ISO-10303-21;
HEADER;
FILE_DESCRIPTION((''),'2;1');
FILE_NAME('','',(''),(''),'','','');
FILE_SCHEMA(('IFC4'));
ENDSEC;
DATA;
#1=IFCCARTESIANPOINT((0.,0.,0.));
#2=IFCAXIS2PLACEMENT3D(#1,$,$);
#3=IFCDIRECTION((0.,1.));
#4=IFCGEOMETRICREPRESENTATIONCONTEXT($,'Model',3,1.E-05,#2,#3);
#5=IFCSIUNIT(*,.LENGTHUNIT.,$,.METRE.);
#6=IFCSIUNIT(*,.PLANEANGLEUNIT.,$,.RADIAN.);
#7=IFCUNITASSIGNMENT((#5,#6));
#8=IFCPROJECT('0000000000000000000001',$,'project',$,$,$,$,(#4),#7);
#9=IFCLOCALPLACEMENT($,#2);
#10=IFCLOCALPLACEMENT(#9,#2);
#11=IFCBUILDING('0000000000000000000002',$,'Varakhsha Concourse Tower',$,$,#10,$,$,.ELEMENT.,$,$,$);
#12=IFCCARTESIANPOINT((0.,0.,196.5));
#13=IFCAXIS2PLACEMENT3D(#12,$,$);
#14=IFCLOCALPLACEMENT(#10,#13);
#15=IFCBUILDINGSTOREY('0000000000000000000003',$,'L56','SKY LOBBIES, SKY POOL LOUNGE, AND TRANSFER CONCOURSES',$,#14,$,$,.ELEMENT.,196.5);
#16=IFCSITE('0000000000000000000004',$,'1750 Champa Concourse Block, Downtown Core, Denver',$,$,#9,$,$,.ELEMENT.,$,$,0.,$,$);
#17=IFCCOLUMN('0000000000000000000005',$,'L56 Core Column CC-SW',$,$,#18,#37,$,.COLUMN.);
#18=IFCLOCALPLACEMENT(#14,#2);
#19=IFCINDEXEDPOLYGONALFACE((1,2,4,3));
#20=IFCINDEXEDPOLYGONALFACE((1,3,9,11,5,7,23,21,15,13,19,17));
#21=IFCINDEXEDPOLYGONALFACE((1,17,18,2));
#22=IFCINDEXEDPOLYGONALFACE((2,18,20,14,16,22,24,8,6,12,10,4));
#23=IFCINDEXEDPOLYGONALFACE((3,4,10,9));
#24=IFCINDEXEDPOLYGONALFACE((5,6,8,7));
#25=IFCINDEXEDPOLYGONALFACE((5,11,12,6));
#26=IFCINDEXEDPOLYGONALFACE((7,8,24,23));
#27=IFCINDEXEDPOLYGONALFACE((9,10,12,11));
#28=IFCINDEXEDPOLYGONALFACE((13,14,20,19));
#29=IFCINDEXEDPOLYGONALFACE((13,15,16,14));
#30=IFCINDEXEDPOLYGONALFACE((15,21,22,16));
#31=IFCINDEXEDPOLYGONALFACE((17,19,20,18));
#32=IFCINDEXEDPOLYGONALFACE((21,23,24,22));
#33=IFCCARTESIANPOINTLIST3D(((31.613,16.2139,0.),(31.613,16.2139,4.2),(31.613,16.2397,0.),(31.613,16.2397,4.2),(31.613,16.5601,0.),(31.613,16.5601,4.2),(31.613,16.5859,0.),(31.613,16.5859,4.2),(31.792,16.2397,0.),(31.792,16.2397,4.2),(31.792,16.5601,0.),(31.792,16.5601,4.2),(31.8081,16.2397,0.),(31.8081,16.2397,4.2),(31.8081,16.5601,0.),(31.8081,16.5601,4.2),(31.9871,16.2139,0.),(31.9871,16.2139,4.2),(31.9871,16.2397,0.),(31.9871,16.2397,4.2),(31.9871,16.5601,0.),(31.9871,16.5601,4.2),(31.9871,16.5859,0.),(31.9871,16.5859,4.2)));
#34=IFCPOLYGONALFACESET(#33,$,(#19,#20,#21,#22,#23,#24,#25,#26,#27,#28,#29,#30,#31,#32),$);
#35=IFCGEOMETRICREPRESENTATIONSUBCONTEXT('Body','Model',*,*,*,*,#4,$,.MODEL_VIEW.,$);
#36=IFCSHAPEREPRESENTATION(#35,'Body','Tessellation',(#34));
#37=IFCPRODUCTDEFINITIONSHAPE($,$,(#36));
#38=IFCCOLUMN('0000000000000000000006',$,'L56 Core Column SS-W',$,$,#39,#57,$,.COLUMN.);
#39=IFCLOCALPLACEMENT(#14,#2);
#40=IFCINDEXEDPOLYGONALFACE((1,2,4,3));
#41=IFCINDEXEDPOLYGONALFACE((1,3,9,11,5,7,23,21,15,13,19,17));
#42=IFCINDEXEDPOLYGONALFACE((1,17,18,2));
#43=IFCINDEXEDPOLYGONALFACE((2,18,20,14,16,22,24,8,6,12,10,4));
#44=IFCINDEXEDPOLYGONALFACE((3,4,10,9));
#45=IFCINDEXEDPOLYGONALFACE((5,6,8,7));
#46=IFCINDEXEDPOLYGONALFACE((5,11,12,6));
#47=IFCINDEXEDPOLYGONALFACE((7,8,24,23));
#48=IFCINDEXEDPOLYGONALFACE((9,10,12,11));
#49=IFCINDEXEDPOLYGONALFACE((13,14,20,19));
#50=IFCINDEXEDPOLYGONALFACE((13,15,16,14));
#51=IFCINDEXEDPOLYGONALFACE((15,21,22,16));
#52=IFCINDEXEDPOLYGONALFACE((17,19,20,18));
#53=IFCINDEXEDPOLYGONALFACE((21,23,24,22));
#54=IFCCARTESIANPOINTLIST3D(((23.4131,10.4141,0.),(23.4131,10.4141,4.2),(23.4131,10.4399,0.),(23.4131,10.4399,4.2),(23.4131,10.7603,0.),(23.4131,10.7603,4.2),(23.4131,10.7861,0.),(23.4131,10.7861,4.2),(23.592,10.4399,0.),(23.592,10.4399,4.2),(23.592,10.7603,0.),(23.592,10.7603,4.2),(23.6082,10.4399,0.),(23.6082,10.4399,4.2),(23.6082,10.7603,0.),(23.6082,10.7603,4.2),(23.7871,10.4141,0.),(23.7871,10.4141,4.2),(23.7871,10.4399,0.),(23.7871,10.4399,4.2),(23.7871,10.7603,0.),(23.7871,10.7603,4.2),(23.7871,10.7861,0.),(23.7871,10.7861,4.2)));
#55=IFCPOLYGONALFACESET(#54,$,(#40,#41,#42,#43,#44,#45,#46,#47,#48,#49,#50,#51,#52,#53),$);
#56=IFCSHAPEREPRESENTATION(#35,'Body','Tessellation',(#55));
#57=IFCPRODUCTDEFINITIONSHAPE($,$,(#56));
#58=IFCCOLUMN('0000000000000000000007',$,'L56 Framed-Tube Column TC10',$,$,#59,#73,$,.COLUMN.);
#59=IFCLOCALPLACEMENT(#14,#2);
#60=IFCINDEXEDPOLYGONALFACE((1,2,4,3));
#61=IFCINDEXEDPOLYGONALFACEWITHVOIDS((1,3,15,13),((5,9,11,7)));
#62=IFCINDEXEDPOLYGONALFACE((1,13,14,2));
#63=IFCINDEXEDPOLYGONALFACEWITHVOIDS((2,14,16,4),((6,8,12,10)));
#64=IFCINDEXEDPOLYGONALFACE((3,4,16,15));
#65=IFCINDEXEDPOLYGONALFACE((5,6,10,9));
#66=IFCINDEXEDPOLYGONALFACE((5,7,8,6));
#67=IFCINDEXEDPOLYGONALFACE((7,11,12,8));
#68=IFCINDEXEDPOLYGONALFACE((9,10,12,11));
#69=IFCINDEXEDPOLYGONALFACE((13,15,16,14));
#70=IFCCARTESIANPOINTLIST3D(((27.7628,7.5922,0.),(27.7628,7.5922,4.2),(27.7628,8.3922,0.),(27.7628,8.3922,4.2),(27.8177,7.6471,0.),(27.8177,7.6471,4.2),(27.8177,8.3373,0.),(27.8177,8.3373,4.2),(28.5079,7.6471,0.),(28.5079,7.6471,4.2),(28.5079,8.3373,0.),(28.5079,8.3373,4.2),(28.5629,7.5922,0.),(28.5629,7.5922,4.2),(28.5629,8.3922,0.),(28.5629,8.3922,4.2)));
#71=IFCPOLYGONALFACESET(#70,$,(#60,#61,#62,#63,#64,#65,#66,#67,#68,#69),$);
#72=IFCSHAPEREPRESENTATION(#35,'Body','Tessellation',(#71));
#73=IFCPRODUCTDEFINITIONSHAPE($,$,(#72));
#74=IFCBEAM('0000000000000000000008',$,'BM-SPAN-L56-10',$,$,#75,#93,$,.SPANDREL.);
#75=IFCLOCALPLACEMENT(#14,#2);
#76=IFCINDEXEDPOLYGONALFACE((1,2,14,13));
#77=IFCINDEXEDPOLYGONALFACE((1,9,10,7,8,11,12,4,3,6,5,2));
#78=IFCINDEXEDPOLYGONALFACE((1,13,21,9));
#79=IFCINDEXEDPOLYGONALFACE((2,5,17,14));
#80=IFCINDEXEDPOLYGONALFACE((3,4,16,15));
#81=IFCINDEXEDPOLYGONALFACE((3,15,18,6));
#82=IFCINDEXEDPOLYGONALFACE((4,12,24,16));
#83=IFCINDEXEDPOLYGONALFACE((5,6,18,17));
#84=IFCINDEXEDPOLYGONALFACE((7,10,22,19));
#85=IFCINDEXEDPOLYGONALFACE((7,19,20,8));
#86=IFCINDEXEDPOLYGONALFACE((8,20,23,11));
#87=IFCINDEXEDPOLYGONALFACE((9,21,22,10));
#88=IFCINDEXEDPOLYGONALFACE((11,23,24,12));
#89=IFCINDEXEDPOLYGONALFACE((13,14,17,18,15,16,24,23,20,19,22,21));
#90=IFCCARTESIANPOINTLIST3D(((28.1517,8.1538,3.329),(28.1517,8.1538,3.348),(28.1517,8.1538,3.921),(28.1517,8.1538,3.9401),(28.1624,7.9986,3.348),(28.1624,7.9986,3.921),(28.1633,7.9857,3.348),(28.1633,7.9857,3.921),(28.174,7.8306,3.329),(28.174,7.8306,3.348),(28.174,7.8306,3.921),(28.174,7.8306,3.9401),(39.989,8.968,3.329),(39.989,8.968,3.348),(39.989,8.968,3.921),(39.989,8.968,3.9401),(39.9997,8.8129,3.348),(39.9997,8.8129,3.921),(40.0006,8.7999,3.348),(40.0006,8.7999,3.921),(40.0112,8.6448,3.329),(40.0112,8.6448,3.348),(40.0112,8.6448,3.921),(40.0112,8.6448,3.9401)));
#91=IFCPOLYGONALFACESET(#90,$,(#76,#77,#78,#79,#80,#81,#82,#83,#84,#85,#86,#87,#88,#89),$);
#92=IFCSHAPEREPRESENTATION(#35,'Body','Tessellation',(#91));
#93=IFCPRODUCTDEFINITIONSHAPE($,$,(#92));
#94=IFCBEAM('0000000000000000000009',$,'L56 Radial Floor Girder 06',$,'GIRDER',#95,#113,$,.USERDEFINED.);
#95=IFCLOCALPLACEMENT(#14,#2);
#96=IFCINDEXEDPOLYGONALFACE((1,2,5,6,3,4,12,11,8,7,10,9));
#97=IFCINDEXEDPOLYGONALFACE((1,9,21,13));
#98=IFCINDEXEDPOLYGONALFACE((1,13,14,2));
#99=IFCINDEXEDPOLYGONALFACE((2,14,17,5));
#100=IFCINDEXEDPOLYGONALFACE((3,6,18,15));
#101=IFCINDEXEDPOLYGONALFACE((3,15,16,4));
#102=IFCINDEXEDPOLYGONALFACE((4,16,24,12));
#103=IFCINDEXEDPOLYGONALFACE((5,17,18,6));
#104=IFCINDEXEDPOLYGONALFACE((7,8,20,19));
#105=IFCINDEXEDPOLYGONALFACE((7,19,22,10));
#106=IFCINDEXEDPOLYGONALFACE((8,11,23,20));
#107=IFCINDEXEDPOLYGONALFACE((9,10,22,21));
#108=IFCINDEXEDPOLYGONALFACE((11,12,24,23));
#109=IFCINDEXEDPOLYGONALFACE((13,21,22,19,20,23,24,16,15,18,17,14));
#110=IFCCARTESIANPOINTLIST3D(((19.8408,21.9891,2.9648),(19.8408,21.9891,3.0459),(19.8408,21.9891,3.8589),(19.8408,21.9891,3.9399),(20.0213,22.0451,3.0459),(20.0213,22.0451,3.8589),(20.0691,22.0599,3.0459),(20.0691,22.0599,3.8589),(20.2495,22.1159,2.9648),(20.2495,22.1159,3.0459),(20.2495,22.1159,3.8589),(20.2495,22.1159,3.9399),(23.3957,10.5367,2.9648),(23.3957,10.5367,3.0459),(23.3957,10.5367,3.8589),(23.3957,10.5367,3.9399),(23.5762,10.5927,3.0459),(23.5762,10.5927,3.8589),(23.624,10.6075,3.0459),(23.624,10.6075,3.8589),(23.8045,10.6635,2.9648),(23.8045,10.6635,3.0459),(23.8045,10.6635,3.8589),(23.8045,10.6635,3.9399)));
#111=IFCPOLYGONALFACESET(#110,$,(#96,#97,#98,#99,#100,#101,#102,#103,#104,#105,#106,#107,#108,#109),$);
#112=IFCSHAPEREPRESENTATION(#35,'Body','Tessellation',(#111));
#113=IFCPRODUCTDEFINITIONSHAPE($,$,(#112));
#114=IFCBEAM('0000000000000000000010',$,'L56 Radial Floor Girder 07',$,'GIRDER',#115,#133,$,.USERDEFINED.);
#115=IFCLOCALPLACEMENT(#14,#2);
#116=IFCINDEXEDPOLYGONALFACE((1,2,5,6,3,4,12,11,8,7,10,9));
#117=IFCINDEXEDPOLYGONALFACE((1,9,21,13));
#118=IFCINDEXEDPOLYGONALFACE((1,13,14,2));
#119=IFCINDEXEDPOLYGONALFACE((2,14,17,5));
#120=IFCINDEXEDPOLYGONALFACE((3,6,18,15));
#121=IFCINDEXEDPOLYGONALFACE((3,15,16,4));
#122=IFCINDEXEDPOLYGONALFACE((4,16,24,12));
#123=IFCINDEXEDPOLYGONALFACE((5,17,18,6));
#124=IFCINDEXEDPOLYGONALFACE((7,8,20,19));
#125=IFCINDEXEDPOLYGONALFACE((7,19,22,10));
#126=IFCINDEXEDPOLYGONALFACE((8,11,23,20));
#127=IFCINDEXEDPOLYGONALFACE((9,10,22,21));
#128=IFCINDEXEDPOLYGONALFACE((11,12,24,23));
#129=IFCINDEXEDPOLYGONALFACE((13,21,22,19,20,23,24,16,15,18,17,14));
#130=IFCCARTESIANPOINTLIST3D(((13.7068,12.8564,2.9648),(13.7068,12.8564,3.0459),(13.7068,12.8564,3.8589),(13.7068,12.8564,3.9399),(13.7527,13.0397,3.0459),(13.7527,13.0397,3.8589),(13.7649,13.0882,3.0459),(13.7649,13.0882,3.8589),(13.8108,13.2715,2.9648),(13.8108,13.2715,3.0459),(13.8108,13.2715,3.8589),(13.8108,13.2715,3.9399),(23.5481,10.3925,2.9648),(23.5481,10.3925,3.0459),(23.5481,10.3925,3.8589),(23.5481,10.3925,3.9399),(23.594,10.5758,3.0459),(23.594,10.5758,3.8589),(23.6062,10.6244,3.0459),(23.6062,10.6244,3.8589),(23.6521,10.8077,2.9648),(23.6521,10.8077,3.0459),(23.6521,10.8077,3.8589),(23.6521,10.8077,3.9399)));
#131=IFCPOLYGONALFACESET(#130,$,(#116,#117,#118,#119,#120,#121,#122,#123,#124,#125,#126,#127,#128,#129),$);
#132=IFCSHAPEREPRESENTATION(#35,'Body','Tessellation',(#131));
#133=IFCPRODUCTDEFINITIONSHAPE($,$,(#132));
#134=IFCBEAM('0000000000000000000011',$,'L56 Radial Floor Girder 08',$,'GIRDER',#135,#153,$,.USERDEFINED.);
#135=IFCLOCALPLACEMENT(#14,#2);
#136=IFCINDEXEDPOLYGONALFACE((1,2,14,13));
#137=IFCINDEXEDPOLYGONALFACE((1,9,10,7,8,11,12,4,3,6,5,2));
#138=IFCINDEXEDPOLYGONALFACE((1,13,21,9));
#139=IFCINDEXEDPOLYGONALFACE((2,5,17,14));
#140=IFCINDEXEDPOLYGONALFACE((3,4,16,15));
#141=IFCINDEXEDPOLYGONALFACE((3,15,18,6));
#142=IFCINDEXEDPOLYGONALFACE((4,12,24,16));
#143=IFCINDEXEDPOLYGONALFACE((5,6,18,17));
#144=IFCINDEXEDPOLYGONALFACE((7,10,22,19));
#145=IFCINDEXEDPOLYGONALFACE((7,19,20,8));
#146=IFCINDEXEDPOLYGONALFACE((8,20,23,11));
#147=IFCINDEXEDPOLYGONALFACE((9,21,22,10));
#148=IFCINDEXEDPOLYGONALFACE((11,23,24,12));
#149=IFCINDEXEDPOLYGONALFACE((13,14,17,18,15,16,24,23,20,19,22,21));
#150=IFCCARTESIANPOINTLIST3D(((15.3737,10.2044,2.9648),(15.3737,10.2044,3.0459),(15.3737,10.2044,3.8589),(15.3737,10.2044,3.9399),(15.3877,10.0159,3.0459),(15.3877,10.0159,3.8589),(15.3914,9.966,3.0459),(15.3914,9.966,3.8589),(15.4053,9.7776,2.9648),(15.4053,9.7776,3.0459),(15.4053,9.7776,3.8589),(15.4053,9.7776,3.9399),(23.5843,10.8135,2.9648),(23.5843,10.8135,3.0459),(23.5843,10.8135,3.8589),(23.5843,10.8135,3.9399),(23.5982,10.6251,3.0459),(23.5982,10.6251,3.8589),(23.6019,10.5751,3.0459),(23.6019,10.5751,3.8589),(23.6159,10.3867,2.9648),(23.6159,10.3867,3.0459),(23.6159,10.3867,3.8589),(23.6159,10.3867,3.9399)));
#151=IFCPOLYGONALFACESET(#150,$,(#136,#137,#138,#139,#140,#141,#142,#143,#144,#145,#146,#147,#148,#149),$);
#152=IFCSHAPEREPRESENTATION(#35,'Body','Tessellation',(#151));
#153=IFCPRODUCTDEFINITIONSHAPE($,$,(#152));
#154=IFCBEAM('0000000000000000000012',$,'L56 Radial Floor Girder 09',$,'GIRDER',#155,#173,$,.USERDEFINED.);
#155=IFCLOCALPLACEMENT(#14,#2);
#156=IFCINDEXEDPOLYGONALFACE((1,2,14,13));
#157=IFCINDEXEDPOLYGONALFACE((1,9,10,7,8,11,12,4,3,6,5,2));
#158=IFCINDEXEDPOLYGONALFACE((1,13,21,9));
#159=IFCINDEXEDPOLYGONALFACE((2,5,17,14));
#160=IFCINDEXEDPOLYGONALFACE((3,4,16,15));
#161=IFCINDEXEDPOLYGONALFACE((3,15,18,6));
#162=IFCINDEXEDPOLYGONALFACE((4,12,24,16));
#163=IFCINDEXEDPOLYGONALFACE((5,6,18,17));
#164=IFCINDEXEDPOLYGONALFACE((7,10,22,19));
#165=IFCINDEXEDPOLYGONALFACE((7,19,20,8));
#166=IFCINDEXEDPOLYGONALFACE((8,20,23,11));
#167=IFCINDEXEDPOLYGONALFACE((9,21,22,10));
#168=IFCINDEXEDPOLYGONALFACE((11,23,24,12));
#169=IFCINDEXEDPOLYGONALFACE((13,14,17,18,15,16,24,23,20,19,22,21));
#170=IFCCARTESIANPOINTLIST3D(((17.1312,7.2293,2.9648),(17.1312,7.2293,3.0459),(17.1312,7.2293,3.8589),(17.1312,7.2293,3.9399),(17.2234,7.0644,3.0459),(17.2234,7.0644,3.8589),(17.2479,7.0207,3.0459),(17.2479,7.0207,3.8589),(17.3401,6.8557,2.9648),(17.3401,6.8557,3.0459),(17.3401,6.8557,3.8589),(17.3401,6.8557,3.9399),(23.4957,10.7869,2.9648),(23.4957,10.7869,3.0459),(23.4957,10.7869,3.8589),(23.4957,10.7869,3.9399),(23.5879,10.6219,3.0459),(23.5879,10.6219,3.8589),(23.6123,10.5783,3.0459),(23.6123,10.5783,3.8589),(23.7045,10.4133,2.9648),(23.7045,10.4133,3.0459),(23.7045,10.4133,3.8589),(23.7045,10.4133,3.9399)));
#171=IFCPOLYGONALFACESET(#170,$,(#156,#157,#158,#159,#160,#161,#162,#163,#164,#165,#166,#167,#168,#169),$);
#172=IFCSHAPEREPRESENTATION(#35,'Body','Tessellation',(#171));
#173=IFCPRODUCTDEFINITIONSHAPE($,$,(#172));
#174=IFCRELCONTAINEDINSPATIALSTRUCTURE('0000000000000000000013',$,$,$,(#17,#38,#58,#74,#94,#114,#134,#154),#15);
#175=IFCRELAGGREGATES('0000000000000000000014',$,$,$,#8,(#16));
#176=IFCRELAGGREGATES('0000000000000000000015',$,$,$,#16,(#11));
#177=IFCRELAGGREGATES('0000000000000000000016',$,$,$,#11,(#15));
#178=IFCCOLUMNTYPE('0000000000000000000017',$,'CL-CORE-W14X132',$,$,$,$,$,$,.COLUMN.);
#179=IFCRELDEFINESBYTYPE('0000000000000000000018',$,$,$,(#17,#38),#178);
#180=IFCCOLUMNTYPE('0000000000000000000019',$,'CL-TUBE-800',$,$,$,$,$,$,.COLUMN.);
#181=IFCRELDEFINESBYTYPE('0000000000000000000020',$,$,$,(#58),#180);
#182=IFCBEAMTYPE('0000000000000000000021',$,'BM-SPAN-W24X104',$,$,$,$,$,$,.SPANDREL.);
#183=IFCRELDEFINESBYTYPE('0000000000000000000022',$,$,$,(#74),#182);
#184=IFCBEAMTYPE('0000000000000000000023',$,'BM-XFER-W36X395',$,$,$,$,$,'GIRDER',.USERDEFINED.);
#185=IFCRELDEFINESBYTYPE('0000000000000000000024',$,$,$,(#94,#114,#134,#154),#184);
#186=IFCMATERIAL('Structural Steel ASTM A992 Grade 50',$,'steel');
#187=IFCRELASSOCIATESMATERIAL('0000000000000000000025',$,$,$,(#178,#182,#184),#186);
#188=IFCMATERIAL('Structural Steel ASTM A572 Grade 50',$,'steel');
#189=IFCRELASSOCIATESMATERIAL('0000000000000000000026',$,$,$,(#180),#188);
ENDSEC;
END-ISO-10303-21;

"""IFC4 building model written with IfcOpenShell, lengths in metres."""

from ifc_helpers import new_model, si_unit, direction, frame, origin, origin_2d, place, context, subcontext, project, spatial, hollow_rectangle, i_section, extrude, material, material_profile, profile_set, type_object, element, save


model = new_model("IFC4")

# Units and contexts
model_context = context("Model", 3, precision=1e-05, world=origin(), true_north=direction((0.0, 1.0)))
body_context = subcontext(model_context, "Body", "Model", "MODEL_VIEW")
ifc_project = project(units=[si_unit("LENGTHUNIT", "METRE"), si_unit("PLANEANGLEUNIT", "RADIAN")], contexts=[model_context])

# Site, building, storey
site_placement = place(None, origin())
site = spatial("IfcSite", under=ifc_project, at=site_placement, Name="1750 Champa Concourse Block, Downtown Core, Denver", CompositionType="ELEMENT", RefElevation=0.0)
building_placement = place(site_placement, origin())
building = spatial("IfcBuilding", under=site, at=building_placement, Name="Varakhsha Concourse Tower", CompositionType="ELEMENT")
storey_placement = place(building_placement, frame((0.0, 0.0, 196.5)))
storey = spatial("IfcBuildingStorey", under=building, at=storey_placement, Name="L56", Description="SKY LOBBIES, SKY POOL LOUNGE, AND TRANSFER CONCOURSES", CompositionType="ELEMENT", Elevation=196.5)

# Columns
ifc_material_1 = material(Name="Structural Steel ASTM A992 Grade 50", Category="steel")
ifc_material_profile_1 = material_profile(ifc_material_1, i_section(OverallWidth=0.374, OverallDepth=0.3721, WebThickness=0.0161, FlangeThickness=0.0259, at=origin_2d()), Name="W14X132")
ifc_profile_set_1 = profile_set([ifc_material_profile_1], Name="Structural Steel ASTM A992 Grade 50")
column_type_1 = type_object("IfcColumnType", Name="CL-CORE-W14X132", PredefinedType="COLUMN", material=ifc_profile_set_1)
for number, where, z_axis, x_axis, name in (
    (1, (31.8, 16.3999, 0.0), (0.0, 0.0, 1.0), (1.0, 0.0, 0.0), "L56 Core Column CC-SW"),
    (2, (23.6001, 10.6001, 0.0), (0.0, 0.0, 1.0), (1.0, 0.0, 0.0), "L56 Core Column SS-W"),
):
    element("IfcColumn", number, at=place(storey_placement, frame(where, z_axis=z_axis, x_axis=x_axis)), inside=storey, type_object=column_type_1, Name=name, PredefinedType="COLUMN", context=body_context, shape_type="SweptSolid", body=[
        extrude(i_section(OverallWidth=0.374, OverallDepth=0.3721, WebThickness=0.0161, FlangeThickness=0.0259, at=origin_2d()), origin(), (0.0, 0.0, 1.0), 4.2),
    ])
ifc_material_2 = material(Name="Structural Steel ASTM A572 Grade 50", Category="steel")
ifc_material_profile_2 = material_profile(ifc_material_2, hollow_rectangle(XDim=0.8, YDim=0.8, WallThickness=0.0549, at=origin_2d()), Name="BOX 800x800x55")
ifc_profile_set_2 = profile_set([ifc_material_profile_2], Name="Structural Steel ASTM A572 Grade 50")
column_type_2 = type_object("IfcColumnType", Name="CL-TUBE-800", PredefinedType="COLUMN", material=ifc_profile_set_2)
column_placement = place(storey_placement, frame((28.1628, 7.9922, 0.0), z_axis=(0.0, 0.0, 1.0), x_axis=(1.0, 0.0, 0.0)))
element("IfcColumn", 3, at=column_placement, inside=storey, type_object=column_type_2, Name="L56 Framed-Tube Column TC10", PredefinedType="COLUMN", context=body_context, shape_type="SweptSolid", body=[
    extrude(hollow_rectangle(XDim=0.8, YDim=0.8, WallThickness=0.0549, at=origin_2d()), origin(), (0.0, 0.0, 1.0), 4.2),
])

# Beams
ifc_material_profile_3 = material_profile(ifc_material_1, i_section(OverallWidth=0.324, OverallDepth=0.6111, WebThickness=0.0129, FlangeThickness=0.019, at=origin_2d()), Name="W24X104")
ifc_profile_set_3 = profile_set([ifc_material_profile_3], Name="Structural Steel ASTM A992 Grade 50")
beam_type_1 = type_object("IfcBeamType", Name="BM-SPAN-W24X104", PredefinedType="SPANDREL", material=ifc_profile_set_3)
beam_1_placement = place(storey_placement, frame((28.1628, 7.9922, 3.6345), z_axis=(0.997643, 0.068622, 0.0), x_axis=(-0.068622, 0.997643, 0.0)))
element("IfcBeam", 4, at=beam_1_placement, inside=storey, type_object=beam_type_1, Name="BM-SPAN-L56-10", PredefinedType="SPANDREL", context=body_context, shape_type="SweptSolid", body=[
    extrude(i_section(OverallWidth=0.324, OverallDepth=0.6111, WebThickness=0.0129, FlangeThickness=0.019, at=origin_2d()), origin(), (0.0, 0.0, 1.0), 11.8652),
])
ifc_material_profile_4 = material_profile(ifc_material_1, i_section(OverallWidth=0.428, OverallDepth=0.9751, WebThickness=0.05, FlangeThickness=0.0811, at=origin_2d()), Name="W36X395")
ifc_profile_set_4 = profile_set([ifc_material_profile_4], Name="Structural Steel ASTM A992 Grade 50")
beam_type_2 = type_object("IfcBeamType", Name="BM-XFER-W36X395", ElementType="GIRDER", PredefinedType="USERDEFINED", material=ifc_profile_set_4)
beam_2_placement = place(storey_placement, frame((23.6001, 10.6001, 3.4524), z_axis=(-0.296456, 0.955047, 0.0), x_axis=(-0.955047, -0.296456, 0.0)))
element("IfcBeam", 5, at=beam_2_placement, inside=storey, type_object=beam_type_2, Name="L56 Radial Floor Girder 06", ObjectType="GIRDER", PredefinedType="USERDEFINED", context=body_context, shape_type="SweptSolid", body=[
    extrude(i_section(OverallWidth=0.428, OverallDepth=0.9751, WebThickness=0.05, FlangeThickness=0.0811, at=origin_2d()), origin(), (0.0, 0.0, 1.0), 11.9915),
])
beam_3_placement = place(storey_placement, frame((23.6001, 10.6001, 3.4524), z_axis=(-0.97006, 0.242864, 0.0), x_axis=(-0.242864, -0.97006, 0.0)))
element("IfcBeam", 6, at=beam_3_placement, inside=storey, type_object=beam_type_2, Name="L56 Radial Floor Girder 07", ObjectType="GIRDER", PredefinedType="USERDEFINED", context=body_context, shape_type="SweptSolid", body=[
    extrude(i_section(OverallWidth=0.428, OverallDepth=0.9751, WebThickness=0.05, FlangeThickness=0.0811, at=origin_2d()), origin(), (0.0, 0.0, 1.0), 10.145),
])
beam_4_placement = place(storey_placement, frame((23.6001, 10.6001, 3.4524), z_axis=(-0.997259, -0.073984, 0.0), x_axis=(0.073984, -0.997259, 0.0)))
element("IfcBeam", 7, at=beam_4_placement, inside=storey, type_object=beam_type_2, Name="L56 Radial Floor Girder 08", ObjectType="GIRDER", PredefinedType="USERDEFINED", context=body_context, shape_type="SweptSolid", body=[
    extrude(i_section(OverallWidth=0.428, OverallDepth=0.9751, WebThickness=0.05, FlangeThickness=0.0811, at=origin_2d()), origin(), (0.0, 0.0, 1.0), 8.2332),
])
beam_5_placement = place(storey_placement, frame((23.6001, 10.6001, 3.4524), z_axis=(-0.872886, -0.487924, 0.0), x_axis=(0.487924, -0.872886, 0.0)))
element("IfcBeam", 8, at=beam_5_placement, inside=storey, type_object=beam_type_2, Name="L56 Radial Floor Girder 09", ObjectType="GIRDER", PredefinedType="USERDEFINED", context=body_context, shape_type="SweptSolid", body=[
    extrude(i_section(OverallWidth=0.428, OverallDepth=0.9751, WebThickness=0.05, FlangeThickness=0.0811, at=origin_2d()), origin(), (0.0, 0.0, 1.0), 7.2913),
])

save(model, "model.ifc")
